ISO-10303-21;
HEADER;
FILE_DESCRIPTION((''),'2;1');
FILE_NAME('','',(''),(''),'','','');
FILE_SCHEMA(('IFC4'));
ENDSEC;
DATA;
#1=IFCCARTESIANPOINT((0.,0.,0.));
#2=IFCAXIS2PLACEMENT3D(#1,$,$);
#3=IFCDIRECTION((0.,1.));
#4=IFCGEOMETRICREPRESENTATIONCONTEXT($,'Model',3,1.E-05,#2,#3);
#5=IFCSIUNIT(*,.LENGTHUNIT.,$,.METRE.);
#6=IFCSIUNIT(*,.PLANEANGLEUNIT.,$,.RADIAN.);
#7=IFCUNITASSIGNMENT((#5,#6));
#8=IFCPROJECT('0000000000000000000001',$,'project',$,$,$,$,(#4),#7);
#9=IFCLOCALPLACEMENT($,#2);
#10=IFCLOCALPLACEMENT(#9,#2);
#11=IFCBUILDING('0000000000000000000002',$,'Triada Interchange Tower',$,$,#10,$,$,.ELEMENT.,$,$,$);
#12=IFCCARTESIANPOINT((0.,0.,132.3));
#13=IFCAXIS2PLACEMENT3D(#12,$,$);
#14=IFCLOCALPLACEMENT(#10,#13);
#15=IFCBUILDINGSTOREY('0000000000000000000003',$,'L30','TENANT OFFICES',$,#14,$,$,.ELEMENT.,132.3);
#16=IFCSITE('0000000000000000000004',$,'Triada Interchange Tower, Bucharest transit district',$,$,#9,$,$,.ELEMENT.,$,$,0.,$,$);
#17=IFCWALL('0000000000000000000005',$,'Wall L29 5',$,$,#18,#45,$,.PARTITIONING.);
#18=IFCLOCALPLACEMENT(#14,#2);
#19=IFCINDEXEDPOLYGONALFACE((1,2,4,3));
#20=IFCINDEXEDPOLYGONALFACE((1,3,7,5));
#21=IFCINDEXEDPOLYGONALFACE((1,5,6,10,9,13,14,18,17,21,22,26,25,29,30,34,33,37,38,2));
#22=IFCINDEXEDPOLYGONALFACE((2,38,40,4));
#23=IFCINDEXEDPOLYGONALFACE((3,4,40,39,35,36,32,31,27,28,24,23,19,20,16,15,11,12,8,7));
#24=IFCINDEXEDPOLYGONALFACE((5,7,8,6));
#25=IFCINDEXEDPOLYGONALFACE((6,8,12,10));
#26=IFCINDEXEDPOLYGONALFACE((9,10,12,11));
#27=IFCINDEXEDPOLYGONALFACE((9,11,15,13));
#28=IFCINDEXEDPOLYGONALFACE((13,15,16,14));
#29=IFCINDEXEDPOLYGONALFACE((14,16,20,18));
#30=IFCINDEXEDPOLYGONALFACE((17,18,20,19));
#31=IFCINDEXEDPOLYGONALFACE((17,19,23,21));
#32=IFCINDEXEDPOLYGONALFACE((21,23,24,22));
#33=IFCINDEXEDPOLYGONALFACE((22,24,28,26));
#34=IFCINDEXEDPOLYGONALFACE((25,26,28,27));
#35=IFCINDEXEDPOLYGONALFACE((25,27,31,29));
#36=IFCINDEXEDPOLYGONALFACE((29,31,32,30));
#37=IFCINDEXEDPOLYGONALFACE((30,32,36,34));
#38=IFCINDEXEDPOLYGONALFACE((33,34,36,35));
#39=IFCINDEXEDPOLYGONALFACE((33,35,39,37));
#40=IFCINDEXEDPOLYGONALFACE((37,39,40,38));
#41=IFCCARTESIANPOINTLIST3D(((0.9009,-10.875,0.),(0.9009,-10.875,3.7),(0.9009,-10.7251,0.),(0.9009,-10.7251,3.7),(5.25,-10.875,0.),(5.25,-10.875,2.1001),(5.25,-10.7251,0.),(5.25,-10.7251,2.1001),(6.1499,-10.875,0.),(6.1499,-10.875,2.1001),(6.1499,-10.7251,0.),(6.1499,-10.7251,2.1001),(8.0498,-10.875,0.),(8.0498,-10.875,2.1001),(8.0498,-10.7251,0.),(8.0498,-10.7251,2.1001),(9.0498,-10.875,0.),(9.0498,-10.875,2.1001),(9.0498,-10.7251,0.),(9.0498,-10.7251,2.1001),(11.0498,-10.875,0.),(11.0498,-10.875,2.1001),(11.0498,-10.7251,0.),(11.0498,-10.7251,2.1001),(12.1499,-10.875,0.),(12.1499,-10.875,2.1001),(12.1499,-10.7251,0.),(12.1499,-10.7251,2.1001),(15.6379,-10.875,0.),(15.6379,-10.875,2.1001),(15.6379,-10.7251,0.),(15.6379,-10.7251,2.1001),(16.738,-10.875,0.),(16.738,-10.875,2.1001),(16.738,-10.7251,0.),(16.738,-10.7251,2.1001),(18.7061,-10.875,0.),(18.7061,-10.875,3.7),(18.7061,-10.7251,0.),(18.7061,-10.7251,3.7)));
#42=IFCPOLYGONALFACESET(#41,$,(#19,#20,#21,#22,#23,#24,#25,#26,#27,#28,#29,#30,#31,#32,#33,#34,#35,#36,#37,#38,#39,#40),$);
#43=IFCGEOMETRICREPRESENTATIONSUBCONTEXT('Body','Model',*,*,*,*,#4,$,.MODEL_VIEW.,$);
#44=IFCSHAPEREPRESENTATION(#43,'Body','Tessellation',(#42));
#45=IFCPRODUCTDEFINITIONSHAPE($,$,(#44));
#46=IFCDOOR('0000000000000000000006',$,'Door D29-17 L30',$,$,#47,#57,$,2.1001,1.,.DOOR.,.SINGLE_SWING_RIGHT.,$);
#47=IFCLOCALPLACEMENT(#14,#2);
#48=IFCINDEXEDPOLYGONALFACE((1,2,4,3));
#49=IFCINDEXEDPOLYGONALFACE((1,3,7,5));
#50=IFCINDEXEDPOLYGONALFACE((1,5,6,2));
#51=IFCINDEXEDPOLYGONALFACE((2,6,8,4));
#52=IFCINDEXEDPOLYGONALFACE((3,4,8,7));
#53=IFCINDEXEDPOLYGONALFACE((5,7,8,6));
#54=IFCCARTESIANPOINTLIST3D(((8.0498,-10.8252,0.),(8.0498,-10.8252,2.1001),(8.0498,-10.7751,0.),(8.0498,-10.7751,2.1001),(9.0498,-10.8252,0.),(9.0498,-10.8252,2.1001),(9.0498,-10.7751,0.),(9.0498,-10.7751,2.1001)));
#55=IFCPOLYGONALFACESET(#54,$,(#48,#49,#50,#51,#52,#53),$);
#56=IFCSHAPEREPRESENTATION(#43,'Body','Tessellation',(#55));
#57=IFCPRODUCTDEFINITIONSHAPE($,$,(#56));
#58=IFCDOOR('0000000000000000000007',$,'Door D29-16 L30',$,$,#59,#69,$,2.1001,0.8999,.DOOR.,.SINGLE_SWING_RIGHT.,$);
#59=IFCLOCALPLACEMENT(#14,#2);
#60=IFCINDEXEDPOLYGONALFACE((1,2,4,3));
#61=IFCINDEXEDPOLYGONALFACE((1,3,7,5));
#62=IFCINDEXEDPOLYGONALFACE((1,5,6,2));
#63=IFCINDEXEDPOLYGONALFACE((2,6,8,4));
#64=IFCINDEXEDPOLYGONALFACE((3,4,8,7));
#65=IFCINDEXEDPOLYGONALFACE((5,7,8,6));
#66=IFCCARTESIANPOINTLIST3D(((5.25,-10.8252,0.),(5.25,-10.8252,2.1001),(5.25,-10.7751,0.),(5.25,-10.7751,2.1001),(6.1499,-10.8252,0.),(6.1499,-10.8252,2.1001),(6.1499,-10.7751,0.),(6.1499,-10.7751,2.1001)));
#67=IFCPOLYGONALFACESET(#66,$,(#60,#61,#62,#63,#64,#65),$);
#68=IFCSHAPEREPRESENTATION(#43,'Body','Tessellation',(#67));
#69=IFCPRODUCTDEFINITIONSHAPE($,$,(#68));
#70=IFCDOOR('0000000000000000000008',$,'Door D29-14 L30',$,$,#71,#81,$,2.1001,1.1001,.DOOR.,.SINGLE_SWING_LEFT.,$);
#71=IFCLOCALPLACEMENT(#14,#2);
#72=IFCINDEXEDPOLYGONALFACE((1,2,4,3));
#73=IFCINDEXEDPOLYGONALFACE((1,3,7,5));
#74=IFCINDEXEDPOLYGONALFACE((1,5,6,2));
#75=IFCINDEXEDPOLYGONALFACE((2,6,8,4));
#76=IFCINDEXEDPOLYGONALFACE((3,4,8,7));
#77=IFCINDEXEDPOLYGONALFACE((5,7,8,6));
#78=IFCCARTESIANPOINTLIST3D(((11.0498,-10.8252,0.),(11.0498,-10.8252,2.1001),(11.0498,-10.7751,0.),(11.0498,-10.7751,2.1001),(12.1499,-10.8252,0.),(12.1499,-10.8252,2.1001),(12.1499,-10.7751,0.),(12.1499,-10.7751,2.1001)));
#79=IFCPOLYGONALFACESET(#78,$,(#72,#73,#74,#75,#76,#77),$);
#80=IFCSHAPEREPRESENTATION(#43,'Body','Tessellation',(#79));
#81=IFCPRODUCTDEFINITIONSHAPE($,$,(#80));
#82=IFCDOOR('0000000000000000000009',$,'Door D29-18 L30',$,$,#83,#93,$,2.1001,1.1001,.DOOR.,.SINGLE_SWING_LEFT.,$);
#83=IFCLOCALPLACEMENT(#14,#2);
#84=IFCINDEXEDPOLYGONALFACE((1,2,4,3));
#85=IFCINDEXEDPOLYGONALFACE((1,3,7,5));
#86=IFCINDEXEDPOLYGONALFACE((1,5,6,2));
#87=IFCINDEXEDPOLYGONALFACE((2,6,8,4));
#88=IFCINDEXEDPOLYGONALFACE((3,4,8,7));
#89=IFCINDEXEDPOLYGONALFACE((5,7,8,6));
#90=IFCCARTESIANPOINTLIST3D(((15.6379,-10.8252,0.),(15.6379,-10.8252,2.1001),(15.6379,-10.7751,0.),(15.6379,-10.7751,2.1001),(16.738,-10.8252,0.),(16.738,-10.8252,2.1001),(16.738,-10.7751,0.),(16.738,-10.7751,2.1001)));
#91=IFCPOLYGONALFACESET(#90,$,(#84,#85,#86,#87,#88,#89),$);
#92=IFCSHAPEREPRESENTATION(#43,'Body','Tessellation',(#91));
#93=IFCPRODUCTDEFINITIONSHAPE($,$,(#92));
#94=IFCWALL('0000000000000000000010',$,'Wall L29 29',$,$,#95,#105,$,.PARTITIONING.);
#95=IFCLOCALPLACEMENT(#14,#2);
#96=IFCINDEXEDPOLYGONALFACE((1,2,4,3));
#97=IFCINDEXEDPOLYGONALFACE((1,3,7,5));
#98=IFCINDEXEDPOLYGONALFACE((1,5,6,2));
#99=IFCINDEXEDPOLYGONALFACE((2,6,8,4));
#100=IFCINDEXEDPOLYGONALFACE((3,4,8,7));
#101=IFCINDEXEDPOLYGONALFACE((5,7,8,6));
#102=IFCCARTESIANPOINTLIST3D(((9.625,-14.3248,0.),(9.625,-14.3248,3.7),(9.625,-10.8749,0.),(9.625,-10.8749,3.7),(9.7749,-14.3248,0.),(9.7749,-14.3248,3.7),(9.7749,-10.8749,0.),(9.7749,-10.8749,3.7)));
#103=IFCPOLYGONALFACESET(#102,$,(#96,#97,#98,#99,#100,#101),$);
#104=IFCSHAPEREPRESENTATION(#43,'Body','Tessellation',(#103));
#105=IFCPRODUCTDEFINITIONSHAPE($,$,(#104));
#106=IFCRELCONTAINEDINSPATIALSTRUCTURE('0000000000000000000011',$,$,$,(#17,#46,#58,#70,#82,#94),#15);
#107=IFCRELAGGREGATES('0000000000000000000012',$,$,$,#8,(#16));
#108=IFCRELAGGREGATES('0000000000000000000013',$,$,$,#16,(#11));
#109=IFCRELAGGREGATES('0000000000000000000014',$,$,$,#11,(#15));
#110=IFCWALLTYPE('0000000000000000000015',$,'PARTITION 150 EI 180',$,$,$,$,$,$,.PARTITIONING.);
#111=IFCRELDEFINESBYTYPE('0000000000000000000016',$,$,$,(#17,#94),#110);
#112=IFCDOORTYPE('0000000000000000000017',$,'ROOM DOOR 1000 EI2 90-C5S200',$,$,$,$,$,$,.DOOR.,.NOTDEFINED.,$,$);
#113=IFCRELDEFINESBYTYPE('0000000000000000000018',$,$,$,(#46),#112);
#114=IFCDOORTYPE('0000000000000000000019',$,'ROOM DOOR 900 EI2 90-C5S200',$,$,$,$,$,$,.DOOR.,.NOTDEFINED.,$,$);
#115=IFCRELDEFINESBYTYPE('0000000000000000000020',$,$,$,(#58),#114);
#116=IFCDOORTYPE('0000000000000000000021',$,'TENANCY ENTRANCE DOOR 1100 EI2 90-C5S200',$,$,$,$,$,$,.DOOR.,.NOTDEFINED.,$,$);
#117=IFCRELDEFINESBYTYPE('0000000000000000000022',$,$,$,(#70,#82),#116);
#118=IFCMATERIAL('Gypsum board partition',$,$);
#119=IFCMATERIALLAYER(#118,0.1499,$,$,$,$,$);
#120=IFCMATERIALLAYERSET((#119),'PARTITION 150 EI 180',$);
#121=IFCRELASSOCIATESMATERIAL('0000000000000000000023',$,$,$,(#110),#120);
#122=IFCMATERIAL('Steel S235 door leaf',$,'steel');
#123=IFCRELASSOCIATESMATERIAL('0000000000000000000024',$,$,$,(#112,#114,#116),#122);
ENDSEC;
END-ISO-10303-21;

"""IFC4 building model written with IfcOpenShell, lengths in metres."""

from ifc_helpers import new_model, si_unit, direction, frame, frame_2d, origin, place, context, subcontext, project, spatial, rectangle, extrude, material, layer, layer_set, type_object, element, fill, save


model = new_model("IFC4")

# Units and contexts
model_context = context("Model", 3, precision=1e-05, world=origin(), true_north=direction((0.0, 1.0)))
body_context = subcontext(model_context, "Body", "Model", "MODEL_VIEW")
ifc_project = project(units=[si_unit("LENGTHUNIT", "METRE"), si_unit("PLANEANGLEUNIT", "RADIAN")], contexts=[model_context])

# Site, building, storey
site_placement = place(None, origin())
site = spatial("IfcSite", under=ifc_project, at=site_placement, Name="Triada Interchange Tower, Bucharest transit district", CompositionType="ELEMENT", RefElevation=0.0)
building_placement = place(site_placement, origin())
building = spatial("IfcBuilding", under=site, at=building_placement, Name="Triada Interchange Tower", CompositionType="ELEMENT")
storey_placement = place(building_placement, frame((0.0, 0.0, 132.3)))
storey = spatial("IfcBuildingStorey", under=building, at=storey_placement, Name="L30", Description="TENANT OFFICES", CompositionType="ELEMENT", Elevation=132.3)

# Shared definitions
ifc_material_1 = material(Name="Steel S235 door leaf", Category="steel")

# Wall, openings, doors
ifc_material_2 = material(Name="Gypsum board partition")
ifc_layer_1 = layer(ifc_material_2, 0.1499)
ifc_layer_set_1 = layer_set([ifc_layer_1], Name="PARTITION 150 EI 180")
wall_type_1 = type_object("IfcWallType", Name="PARTITION 150 EI 180", PredefinedType="PARTITIONING", material=ifc_layer_set_1)
wall_1_placement = place(storey_placement, frame((0.9009, -10.8, 0.0), z_axis=(0.0, 0.0, 1.0), x_axis=(1.0, 0.0, 0.0)))
wall_1 = element("IfcWall", 1, at=wall_1_placement, inside=storey, type_object=wall_type_1, Name="Wall L29 5", PredefinedType="PARTITIONING", context=body_context, shape_type="SweptSolid", body=[
    extrude(rectangle(XDim=17.8052, YDim=0.1499, at=frame_2d((8.9026, 0.0))), origin(), (0.0, 0.0, 1.0), 3.7),
])
opening_1_placement = place(wall_1_placement, frame((10.1489, 0.0, 0.0)))
opening_1 = element("IfcOpeningElement", 2, at=opening_1_placement, cuts=wall_1, PredefinedType="OPENING", context=body_context, shape_type="SweptSolid", body=[
    extrude(rectangle(XDim=1.1001, YDim=2.1001, at=frame_2d((0.55, 1.05))), frame((0.0, 0.085, 0.0), z_axis=(0.0, -1.0, 0.0), x_axis=(1.0, 0.0, 0.0)), (0.0, 0.0, 1.0), 0.1699),
])
opening_2_placement = place(wall_1_placement, frame((4.3491, 0.0, 0.0)))
opening_2 = element("IfcOpeningElement", 3, at=opening_2_placement, cuts=wall_1, PredefinedType="OPENING", context=body_context, shape_type="SweptSolid", body=[
    extrude(rectangle(XDim=0.8999, YDim=2.1001, at=frame_2d((0.45, 1.05))), frame((0.0, 0.085, 0.0), z_axis=(0.0, -1.0, 0.0), x_axis=(1.0, 0.0, 0.0)), (0.0, 0.0, 1.0), 0.1699),
])
opening_3_placement = place(wall_1_placement, frame((7.1489, 0.0, 0.0)))
opening_3 = element("IfcOpeningElement", 4, at=opening_3_placement, cuts=wall_1, PredefinedType="OPENING", context=body_context, shape_type="SweptSolid", body=[
    extrude(rectangle(XDim=1.0, YDim=2.1001, at=frame_2d((0.5, 1.05))), frame((0.0, 0.085, 0.0), z_axis=(0.0, -1.0, 0.0), x_axis=(1.0, 0.0, 0.0)), (0.0, 0.0, 1.0), 0.1699),
])
opening_4_placement = place(wall_1_placement, frame((14.7371, 0.0, 0.0)))
opening_4 = element("IfcOpeningElement", 5, at=opening_4_placement, cuts=wall_1, PredefinedType="OPENING", context=body_context, shape_type="SweptSolid", body=[
    extrude(rectangle(XDim=1.1001, YDim=2.1001, at=frame_2d((0.55, 1.05))), frame((0.0, 0.085, 0.0), z_axis=(0.0, -1.0, 0.0), x_axis=(1.0, 0.0, 0.0)), (0.0, 0.0, 1.0), 0.1699),
])
door_type_1 = type_object("IfcDoorType", Name="ROOM DOOR 1000 EI2 90-C5S200", OperationType="NOTDEFINED", PredefinedType="DOOR", material=ifc_material_1)
door_1_placement = place(opening_3_placement, origin())
door_1 = element("IfcDoor", 6, at=door_1_placement, inside=storey, type_object=door_type_1, Name="Door D29-17 L30", OperationType="SINGLE_SWING_RIGHT", OverallHeight=2.1001, OverallWidth=1.0, PredefinedType="DOOR", context=body_context, shape_type="SweptSolid", body=[
    extrude(rectangle(XDim=1.0, YDim=2.1001, at=frame_2d((0.5, 1.05))), frame((0.0, 0.0249, 0.0), z_axis=(0.0, -1.0, 0.0), x_axis=(1.0, 0.0, 0.0)), (0.0, 0.0, 1.0), 0.05),
])
fill(opening_3, door_1)
door_type_2 = type_object("IfcDoorType", Name="ROOM DOOR 900 EI2 90-C5S200", OperationType="NOTDEFINED", PredefinedType="DOOR", material=ifc_material_1)
door_2_placement = place(opening_2_placement, origin())
door_2 = element("IfcDoor", 7, at=door_2_placement, inside=storey, type_object=door_type_2, Name="Door D29-16 L30", OperationType="SINGLE_SWING_RIGHT", OverallHeight=2.1001, OverallWidth=0.8999, PredefinedType="DOOR", context=body_context, shape_type="SweptSolid", body=[
    extrude(rectangle(XDim=0.8999, YDim=2.1001, at=frame_2d((0.45, 1.05))), frame((0.0, 0.0249, 0.0), z_axis=(0.0, -1.0, 0.0), x_axis=(1.0, 0.0, 0.0)), (0.0, 0.0, 1.0), 0.05),
])
fill(opening_2, door_2)
door_type_3 = type_object("IfcDoorType", Name="TENANCY ENTRANCE DOOR 1100 EI2 90-C5S200", OperationType="NOTDEFINED", PredefinedType="DOOR", material=ifc_material_1)
door_3_placement = place(opening_1_placement, origin())
door_3 = element("IfcDoor", 8, at=door_3_placement, inside=storey, type_object=door_type_3, Name="Door D29-14 L30", OperationType="SINGLE_SWING_LEFT", OverallHeight=2.1001, OverallWidth=1.1001, PredefinedType="DOOR", context=body_context, shape_type="SweptSolid", body=[
    extrude(rectangle(XDim=1.1001, YDim=2.1001, at=frame_2d((0.55, 1.05))), frame((0.0, 0.0249, 0.0), z_axis=(0.0, -1.0, 0.0), x_axis=(1.0, 0.0, 0.0)), (0.0, 0.0, 1.0), 0.05),
])
fill(opening_1, door_3)
door_4_placement = place(opening_4_placement, origin())
door_4 = element("IfcDoor", 9, at=door_4_placement, inside=storey, type_object=door_type_3, Name="Door D29-18 L30", OperationType="SINGLE_SWING_LEFT", OverallHeight=2.1001, OverallWidth=1.1001, PredefinedType="DOOR", context=body_context, shape_type="SweptSolid", body=[
    extrude(rectangle(XDim=1.1001, YDim=2.1001, at=frame_2d((0.55, 1.05))), frame((0.0, 0.0249, 0.0), z_axis=(0.0, -1.0, 0.0), x_axis=(1.0, 0.0, 0.0)), (0.0, 0.0, 1.0), 0.05),
])
fill(opening_4, door_4)

# Wall
wall_2_placement = place(storey_placement, frame((9.7, -14.325, 0.0), z_axis=(0.0, 0.0, 1.0), x_axis=(0.0, 1.0, 0.0)))
element("IfcWall", 10, at=wall_2_placement, inside=storey, type_object=wall_type_1, Name="Wall L29 29", PredefinedType="PARTITIONING", context=body_context, shape_type="SweptSolid", body=[
    extrude(rectangle(XDim=3.45, YDim=0.1499, at=frame_2d((1.7251, 0.0))), origin(), (0.0, 0.0, 1.0), 3.7),
])

save(model, "model.ifc")
